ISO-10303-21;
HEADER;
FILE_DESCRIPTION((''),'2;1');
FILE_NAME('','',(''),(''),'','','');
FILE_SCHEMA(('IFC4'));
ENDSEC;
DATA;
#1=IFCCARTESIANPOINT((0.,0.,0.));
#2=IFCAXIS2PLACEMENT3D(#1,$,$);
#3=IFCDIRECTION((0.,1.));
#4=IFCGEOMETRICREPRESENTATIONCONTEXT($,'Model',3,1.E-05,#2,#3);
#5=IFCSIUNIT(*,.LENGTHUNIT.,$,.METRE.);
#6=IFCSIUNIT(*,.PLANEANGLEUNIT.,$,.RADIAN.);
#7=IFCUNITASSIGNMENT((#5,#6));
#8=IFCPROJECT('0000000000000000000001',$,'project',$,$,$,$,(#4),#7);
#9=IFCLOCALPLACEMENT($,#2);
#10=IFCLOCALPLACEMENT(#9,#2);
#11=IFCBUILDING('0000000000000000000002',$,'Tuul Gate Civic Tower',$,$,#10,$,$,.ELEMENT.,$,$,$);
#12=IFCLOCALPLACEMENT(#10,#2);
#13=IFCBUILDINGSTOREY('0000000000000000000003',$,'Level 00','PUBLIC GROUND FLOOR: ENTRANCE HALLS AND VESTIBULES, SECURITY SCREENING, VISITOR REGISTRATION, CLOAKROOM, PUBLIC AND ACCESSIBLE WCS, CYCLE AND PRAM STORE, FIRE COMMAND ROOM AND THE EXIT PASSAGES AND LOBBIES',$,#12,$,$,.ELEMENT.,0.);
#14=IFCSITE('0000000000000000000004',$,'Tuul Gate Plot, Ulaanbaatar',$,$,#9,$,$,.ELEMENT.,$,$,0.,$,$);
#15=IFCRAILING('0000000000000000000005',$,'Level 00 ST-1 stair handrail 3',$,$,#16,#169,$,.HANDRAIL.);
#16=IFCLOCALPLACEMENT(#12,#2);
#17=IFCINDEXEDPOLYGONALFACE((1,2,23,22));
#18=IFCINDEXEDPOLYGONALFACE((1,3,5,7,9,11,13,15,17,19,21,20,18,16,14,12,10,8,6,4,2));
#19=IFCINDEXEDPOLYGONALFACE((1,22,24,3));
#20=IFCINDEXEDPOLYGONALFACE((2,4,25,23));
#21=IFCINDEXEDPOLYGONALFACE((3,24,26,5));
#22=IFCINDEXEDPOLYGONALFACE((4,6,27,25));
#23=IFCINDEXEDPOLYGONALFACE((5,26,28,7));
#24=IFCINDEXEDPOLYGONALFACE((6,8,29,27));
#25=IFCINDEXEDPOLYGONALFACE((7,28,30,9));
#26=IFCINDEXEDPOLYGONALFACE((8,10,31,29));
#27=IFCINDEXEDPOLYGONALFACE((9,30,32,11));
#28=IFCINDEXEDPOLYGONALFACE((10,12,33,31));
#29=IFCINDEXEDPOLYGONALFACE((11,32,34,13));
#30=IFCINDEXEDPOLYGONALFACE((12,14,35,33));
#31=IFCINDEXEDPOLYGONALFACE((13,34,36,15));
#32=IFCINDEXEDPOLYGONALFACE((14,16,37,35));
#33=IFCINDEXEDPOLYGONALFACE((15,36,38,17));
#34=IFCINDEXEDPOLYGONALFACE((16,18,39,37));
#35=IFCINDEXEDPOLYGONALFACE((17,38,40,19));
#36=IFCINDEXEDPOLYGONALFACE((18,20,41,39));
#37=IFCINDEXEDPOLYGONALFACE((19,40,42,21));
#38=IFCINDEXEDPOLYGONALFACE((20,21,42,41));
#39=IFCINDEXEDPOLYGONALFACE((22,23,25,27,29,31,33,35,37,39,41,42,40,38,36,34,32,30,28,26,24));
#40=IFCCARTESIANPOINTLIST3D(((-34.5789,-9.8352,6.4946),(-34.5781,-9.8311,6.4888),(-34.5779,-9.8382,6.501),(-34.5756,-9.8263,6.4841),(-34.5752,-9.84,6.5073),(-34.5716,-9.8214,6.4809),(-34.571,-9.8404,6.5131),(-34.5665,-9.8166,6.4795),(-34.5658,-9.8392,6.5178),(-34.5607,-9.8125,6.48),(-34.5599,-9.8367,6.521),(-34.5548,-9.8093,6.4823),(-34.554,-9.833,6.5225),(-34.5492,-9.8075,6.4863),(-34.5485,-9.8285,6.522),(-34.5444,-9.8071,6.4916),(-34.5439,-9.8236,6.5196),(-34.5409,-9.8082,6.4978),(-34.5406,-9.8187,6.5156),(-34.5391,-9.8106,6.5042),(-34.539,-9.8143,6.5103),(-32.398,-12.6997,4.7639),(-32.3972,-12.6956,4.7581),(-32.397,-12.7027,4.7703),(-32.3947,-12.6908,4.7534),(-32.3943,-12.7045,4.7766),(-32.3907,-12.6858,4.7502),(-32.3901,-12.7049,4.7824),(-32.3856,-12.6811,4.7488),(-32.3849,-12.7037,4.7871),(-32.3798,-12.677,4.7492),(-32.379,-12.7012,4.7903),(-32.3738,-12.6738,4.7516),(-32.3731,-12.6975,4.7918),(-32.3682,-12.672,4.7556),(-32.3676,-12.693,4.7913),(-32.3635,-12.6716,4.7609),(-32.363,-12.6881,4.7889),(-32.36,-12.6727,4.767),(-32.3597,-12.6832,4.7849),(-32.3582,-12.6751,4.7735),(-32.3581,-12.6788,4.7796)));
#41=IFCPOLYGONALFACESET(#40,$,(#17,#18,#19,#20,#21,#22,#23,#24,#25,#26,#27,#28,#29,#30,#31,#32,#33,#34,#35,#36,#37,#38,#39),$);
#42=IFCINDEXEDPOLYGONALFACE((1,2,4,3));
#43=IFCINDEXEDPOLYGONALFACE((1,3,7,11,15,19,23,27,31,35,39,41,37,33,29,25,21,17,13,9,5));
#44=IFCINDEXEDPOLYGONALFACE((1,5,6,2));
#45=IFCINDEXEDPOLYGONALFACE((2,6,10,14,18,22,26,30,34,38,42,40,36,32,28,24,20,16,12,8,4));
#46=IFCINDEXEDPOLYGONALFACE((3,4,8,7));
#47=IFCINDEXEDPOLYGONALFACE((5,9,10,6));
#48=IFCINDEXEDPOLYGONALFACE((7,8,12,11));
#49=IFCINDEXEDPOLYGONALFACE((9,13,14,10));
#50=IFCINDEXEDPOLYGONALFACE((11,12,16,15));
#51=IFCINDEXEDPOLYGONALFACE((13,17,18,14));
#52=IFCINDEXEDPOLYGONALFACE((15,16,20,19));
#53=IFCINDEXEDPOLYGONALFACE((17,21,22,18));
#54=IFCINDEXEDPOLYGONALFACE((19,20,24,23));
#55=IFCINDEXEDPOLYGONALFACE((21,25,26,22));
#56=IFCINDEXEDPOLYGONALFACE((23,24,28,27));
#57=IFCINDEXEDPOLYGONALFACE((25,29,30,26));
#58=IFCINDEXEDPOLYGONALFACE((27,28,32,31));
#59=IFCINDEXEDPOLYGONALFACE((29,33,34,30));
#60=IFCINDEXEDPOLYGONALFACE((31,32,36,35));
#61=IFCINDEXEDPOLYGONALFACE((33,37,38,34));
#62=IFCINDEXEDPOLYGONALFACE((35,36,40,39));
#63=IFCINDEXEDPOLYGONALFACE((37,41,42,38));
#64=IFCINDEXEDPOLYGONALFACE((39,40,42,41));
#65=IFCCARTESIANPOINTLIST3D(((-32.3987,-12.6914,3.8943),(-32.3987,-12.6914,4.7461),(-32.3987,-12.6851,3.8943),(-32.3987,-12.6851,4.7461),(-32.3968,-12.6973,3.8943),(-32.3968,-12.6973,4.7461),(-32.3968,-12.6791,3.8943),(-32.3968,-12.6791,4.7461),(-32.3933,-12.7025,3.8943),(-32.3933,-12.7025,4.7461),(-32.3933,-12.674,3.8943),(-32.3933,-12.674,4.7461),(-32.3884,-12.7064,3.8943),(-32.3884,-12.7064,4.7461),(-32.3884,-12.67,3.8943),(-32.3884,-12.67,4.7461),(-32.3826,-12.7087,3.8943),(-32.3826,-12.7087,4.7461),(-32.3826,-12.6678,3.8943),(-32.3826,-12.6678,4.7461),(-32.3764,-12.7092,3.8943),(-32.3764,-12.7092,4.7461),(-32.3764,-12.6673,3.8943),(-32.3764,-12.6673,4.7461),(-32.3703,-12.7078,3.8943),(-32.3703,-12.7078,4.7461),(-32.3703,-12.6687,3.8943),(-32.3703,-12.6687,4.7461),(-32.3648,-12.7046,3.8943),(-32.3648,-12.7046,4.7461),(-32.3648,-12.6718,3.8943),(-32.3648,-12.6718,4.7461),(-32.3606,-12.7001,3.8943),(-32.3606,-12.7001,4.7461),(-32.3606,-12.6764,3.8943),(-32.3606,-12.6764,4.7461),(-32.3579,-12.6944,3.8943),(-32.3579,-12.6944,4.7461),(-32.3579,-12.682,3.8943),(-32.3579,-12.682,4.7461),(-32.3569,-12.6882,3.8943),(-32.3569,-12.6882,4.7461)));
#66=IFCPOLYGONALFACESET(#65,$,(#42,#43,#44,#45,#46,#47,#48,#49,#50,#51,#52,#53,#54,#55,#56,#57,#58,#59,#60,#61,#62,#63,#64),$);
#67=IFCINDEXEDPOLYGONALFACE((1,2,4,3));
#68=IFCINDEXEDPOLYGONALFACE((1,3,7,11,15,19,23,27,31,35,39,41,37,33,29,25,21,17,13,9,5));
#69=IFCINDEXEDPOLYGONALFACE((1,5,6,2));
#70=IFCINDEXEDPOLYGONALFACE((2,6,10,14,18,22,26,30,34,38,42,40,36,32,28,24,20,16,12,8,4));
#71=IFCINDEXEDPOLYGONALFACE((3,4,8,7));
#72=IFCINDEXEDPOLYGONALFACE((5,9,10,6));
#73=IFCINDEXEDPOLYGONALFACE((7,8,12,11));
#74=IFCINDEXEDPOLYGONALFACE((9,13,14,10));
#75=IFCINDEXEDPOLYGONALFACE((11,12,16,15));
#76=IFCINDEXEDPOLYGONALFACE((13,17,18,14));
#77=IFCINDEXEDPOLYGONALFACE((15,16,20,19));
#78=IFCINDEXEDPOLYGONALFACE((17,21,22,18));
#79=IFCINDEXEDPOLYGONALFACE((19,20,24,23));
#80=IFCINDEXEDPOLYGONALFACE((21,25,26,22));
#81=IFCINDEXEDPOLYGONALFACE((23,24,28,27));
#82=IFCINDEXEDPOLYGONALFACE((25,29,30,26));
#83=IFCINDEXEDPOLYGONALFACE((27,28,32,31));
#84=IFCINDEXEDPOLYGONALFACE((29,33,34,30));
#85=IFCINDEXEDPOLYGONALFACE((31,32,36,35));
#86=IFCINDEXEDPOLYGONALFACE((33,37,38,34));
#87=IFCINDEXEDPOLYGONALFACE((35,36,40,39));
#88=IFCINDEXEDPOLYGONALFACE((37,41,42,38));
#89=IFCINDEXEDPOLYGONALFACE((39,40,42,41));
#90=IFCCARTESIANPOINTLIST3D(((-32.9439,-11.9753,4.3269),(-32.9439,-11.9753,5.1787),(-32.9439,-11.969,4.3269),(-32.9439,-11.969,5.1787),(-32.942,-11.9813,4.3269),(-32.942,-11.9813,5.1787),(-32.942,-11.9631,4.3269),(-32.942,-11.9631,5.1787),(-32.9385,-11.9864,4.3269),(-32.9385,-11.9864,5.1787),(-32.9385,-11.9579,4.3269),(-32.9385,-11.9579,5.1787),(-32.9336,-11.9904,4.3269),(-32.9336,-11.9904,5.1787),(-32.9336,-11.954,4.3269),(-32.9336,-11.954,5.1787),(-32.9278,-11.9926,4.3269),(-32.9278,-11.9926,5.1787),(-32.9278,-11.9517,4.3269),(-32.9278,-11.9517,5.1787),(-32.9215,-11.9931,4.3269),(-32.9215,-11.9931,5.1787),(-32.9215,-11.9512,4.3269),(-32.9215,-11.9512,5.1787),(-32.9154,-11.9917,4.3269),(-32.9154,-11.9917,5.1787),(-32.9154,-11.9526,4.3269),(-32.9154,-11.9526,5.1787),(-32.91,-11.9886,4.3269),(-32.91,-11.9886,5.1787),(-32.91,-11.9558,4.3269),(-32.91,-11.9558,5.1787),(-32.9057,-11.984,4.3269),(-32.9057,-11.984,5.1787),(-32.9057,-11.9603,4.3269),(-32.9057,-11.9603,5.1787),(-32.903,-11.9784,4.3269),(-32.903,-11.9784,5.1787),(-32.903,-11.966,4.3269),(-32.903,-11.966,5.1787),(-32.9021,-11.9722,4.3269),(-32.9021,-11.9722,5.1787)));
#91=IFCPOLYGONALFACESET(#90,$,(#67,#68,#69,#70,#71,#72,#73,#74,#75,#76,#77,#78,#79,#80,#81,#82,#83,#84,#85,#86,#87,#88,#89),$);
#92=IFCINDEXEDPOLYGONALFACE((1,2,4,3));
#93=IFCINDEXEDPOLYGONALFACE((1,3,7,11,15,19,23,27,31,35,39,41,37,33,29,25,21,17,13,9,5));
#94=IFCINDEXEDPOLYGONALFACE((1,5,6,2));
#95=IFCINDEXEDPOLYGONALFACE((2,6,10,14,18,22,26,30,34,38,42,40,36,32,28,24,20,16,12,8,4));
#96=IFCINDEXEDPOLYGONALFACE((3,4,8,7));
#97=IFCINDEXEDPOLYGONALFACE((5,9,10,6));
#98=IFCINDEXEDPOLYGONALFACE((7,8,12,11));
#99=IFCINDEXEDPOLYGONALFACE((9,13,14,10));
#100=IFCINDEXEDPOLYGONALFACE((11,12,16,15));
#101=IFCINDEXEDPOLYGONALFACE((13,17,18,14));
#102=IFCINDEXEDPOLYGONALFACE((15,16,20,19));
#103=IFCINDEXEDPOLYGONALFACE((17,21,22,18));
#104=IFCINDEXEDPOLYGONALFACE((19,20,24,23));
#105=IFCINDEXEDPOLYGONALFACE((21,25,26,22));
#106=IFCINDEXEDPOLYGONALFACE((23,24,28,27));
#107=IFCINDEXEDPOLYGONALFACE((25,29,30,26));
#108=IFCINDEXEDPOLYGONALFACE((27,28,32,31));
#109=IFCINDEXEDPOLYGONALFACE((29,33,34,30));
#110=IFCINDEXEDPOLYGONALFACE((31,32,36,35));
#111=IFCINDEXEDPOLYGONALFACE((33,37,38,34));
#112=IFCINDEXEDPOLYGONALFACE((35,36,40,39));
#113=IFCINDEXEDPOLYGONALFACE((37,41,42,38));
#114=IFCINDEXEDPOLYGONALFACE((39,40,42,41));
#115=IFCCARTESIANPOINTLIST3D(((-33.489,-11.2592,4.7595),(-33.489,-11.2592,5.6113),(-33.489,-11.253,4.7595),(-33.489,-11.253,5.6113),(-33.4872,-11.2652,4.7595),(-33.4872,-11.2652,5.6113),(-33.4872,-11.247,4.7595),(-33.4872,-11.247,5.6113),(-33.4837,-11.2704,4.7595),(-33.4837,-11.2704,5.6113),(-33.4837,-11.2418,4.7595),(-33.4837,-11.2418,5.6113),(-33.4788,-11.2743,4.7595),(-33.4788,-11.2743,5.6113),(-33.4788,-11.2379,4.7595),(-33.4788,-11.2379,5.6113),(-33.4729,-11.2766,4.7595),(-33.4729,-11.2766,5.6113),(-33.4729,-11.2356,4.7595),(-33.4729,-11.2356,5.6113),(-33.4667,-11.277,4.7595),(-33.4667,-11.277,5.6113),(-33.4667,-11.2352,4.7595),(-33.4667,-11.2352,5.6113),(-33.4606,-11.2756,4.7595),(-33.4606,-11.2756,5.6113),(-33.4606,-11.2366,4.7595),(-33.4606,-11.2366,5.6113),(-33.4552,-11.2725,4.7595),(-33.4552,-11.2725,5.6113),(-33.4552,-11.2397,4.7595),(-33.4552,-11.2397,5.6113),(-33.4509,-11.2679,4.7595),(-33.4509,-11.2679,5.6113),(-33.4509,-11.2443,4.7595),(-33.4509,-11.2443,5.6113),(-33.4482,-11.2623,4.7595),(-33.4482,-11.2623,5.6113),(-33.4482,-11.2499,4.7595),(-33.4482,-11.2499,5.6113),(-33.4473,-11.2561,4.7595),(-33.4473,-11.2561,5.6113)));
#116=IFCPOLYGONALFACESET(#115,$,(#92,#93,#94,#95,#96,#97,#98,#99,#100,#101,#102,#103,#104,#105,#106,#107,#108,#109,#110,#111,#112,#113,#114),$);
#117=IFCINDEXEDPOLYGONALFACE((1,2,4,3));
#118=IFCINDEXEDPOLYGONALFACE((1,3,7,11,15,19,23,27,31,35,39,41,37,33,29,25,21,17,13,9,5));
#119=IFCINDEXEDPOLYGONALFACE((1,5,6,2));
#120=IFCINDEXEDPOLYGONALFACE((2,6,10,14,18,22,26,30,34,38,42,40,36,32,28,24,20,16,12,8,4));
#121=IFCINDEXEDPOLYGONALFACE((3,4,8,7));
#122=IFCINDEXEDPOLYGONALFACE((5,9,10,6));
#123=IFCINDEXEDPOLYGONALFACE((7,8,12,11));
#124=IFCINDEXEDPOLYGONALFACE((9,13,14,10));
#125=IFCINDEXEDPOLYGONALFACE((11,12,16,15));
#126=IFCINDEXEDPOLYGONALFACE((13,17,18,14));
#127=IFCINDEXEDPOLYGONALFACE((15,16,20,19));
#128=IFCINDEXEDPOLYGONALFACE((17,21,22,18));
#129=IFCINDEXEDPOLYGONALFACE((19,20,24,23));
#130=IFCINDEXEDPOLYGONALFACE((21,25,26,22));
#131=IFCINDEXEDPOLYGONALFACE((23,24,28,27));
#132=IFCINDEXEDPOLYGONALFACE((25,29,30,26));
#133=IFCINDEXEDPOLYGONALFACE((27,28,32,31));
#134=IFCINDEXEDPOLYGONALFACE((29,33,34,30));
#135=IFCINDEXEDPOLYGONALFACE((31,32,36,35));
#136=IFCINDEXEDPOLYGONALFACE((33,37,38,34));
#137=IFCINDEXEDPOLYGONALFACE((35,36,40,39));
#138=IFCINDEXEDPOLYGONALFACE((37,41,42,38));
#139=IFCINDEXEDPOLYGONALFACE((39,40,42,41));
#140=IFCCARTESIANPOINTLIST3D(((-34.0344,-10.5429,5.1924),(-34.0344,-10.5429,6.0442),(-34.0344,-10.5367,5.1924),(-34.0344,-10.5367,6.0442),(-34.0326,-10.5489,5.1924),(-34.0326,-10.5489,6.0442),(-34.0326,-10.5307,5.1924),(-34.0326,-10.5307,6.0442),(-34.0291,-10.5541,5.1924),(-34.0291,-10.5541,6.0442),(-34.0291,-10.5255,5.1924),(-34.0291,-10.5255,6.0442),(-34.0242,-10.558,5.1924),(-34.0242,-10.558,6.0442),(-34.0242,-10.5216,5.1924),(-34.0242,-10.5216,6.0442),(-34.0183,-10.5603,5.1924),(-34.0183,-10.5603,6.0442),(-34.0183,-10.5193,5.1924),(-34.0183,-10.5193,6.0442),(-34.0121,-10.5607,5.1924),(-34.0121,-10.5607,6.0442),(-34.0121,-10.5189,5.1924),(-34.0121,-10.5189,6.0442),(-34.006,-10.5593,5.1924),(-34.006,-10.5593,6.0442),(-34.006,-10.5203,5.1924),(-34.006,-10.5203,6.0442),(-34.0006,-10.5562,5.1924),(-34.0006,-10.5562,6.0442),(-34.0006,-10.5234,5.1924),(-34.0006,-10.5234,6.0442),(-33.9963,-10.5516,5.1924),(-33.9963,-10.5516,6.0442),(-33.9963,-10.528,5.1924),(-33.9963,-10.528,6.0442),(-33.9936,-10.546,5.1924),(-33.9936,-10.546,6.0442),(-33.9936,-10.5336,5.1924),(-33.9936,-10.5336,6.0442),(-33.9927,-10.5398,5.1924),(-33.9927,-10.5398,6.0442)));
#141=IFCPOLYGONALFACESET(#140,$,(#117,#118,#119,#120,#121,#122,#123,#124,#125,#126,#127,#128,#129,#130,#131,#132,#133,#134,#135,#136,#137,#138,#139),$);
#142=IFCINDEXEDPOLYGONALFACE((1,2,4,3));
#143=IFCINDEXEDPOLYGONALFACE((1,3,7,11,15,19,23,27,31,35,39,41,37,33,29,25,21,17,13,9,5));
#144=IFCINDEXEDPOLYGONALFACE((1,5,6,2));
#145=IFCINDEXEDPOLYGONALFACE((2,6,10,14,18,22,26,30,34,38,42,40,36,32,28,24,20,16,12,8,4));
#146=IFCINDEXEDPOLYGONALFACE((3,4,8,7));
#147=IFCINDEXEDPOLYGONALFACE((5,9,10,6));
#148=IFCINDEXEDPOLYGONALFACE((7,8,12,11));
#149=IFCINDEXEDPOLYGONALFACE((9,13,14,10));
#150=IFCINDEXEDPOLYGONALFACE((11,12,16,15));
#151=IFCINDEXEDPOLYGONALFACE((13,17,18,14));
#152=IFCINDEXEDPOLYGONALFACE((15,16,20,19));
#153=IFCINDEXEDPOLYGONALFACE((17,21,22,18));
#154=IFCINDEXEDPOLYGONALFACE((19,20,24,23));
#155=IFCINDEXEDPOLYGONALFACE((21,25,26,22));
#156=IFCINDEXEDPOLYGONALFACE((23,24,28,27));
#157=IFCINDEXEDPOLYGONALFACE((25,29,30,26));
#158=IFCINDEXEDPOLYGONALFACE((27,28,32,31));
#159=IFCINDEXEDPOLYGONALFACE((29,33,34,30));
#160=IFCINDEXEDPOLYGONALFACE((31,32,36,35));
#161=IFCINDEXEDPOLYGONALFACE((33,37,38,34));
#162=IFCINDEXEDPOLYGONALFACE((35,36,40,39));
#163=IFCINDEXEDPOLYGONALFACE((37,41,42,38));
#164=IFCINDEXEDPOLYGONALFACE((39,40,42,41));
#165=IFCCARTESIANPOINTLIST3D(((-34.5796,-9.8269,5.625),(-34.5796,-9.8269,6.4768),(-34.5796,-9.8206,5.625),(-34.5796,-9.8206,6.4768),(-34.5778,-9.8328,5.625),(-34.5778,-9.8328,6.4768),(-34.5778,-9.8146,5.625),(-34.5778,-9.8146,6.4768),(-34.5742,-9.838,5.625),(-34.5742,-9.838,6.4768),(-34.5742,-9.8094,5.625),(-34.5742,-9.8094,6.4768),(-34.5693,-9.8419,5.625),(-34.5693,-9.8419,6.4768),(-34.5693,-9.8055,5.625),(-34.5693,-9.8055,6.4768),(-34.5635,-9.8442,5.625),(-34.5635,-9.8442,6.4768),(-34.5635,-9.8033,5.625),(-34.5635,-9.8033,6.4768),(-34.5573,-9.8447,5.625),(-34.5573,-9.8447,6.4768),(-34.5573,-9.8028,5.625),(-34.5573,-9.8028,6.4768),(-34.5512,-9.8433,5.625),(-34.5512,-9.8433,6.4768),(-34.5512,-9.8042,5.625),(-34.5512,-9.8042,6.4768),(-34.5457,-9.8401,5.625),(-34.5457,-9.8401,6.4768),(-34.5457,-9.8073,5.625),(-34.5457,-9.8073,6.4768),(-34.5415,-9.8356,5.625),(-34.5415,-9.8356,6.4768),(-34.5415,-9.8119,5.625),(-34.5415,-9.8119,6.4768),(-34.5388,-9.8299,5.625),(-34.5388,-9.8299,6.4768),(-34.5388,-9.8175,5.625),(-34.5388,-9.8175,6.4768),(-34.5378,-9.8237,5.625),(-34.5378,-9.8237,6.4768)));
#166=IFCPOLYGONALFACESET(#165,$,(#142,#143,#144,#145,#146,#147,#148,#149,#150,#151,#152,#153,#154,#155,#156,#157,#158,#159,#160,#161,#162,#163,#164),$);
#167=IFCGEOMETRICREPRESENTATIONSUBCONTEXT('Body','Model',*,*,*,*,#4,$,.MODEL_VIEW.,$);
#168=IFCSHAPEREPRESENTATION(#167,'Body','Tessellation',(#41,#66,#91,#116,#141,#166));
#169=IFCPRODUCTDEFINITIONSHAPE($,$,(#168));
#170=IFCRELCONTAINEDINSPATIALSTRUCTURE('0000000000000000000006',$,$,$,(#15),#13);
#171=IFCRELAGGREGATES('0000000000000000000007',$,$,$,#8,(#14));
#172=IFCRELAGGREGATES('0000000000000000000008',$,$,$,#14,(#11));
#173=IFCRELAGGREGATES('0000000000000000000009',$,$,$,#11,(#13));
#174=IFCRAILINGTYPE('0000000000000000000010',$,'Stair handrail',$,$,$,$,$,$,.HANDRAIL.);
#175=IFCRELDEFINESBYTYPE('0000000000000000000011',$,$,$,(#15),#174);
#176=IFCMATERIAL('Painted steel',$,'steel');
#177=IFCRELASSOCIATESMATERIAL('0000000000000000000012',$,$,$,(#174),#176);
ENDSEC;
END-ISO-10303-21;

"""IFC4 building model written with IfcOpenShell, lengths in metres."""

from ifc_helpers import new_model, si_unit, direction, frame, origin, origin_2d, place, context, subcontext, project, spatial, circle, extrude, material, type_object, element, save


model = new_model("IFC4")

# Units and contexts
model_context = context("Model", 3, precision=1e-05, world=origin(), true_north=direction((0.0, 1.0)))
body_context = subcontext(model_context, "Body", "Model", "MODEL_VIEW")
ifc_project = project(units=[si_unit("LENGTHUNIT", "METRE"), si_unit("PLANEANGLEUNIT", "RADIAN")], contexts=[model_context])

# Site, building, storey
site_placement = place(None, origin())
site = spatial("IfcSite", under=ifc_project, at=site_placement, Name="Tuul Gate Plot, Ulaanbaatar", CompositionType="ELEMENT", RefElevation=0.0)
building_placement = place(site_placement, origin())
building = spatial("IfcBuilding", under=site, at=building_placement, Name="Tuul Gate Civic Tower", CompositionType="ELEMENT")
storey_placement = place(building_placement, origin())
storey = spatial("IfcBuildingStorey", under=building, at=storey_placement, Name="Level 00", Description="PUBLIC GROUND FLOOR: ENTRANCE HALLS AND VESTIBULES, SECURITY SCREENING, VISITOR REGISTRATION, CLOAKROOM, PUBLIC AND ACCESSIBLE WCS, CYCLE AND PRAM STORE, FIRE COMMAND ROOM AND THE EXIT PASSAGES AND LOBBIES", CompositionType="ELEMENT", Elevation=0.0)

# Railing
ifc_material_1 = material(Name="Painted steel", Category="steel")
railing_type_1 = type_object("IfcRailingType", Name="Stair handrail", PredefinedType="HANDRAIL", material=ifc_material_1)
for number, where, name in (
    (1, (-32.3779, -12.6882, 3.8943), "Level 00 ST-1 stair handrail 3"),
):
    element("IfcRailing", number, at=place(storey_placement, frame(where)), inside=storey, type_object=railing_type_1, Name=name, PredefinedType="HANDRAIL", context=body_context, shape_type="SweptSolid", body=[
        extrude(circle(Radius=0.0239, at=origin_2d()), frame((0.0, 0.0, 0.876), z_axis=(-0.545959, 0.717087, 0.433259), x_axis=(-0.795642, -0.605767, 0.0)), (0.0, 0.0, 1.0), 3.9946),
        extrude(circle(Radius=0.021, at=origin_2d()), origin(), (0.0, 0.0, 1.0), 0.8518),
        extrude(circle(Radius=0.021, at=origin_2d()), frame((-0.5452, 0.7161, 0.4326)), (0.0, 0.0, 1.0), 0.8518),
        extrude(circle(Radius=0.021, at=origin_2d()), frame((-1.0903, 1.4321, 0.8652)), (0.0, 0.0, 1.0), 0.8518),
        extrude(circle(Radius=0.021, at=origin_2d()), frame((-1.6357, 2.1484, 1.2981)), (0.0, 0.0, 1.0), 0.8518),
        extrude(circle(Radius=0.021, at=origin_2d()), frame((-2.1809, 2.8645, 1.7307)), (0.0, 0.0, 1.0), 0.8518),
    ])

save(model, "model.ifc")
